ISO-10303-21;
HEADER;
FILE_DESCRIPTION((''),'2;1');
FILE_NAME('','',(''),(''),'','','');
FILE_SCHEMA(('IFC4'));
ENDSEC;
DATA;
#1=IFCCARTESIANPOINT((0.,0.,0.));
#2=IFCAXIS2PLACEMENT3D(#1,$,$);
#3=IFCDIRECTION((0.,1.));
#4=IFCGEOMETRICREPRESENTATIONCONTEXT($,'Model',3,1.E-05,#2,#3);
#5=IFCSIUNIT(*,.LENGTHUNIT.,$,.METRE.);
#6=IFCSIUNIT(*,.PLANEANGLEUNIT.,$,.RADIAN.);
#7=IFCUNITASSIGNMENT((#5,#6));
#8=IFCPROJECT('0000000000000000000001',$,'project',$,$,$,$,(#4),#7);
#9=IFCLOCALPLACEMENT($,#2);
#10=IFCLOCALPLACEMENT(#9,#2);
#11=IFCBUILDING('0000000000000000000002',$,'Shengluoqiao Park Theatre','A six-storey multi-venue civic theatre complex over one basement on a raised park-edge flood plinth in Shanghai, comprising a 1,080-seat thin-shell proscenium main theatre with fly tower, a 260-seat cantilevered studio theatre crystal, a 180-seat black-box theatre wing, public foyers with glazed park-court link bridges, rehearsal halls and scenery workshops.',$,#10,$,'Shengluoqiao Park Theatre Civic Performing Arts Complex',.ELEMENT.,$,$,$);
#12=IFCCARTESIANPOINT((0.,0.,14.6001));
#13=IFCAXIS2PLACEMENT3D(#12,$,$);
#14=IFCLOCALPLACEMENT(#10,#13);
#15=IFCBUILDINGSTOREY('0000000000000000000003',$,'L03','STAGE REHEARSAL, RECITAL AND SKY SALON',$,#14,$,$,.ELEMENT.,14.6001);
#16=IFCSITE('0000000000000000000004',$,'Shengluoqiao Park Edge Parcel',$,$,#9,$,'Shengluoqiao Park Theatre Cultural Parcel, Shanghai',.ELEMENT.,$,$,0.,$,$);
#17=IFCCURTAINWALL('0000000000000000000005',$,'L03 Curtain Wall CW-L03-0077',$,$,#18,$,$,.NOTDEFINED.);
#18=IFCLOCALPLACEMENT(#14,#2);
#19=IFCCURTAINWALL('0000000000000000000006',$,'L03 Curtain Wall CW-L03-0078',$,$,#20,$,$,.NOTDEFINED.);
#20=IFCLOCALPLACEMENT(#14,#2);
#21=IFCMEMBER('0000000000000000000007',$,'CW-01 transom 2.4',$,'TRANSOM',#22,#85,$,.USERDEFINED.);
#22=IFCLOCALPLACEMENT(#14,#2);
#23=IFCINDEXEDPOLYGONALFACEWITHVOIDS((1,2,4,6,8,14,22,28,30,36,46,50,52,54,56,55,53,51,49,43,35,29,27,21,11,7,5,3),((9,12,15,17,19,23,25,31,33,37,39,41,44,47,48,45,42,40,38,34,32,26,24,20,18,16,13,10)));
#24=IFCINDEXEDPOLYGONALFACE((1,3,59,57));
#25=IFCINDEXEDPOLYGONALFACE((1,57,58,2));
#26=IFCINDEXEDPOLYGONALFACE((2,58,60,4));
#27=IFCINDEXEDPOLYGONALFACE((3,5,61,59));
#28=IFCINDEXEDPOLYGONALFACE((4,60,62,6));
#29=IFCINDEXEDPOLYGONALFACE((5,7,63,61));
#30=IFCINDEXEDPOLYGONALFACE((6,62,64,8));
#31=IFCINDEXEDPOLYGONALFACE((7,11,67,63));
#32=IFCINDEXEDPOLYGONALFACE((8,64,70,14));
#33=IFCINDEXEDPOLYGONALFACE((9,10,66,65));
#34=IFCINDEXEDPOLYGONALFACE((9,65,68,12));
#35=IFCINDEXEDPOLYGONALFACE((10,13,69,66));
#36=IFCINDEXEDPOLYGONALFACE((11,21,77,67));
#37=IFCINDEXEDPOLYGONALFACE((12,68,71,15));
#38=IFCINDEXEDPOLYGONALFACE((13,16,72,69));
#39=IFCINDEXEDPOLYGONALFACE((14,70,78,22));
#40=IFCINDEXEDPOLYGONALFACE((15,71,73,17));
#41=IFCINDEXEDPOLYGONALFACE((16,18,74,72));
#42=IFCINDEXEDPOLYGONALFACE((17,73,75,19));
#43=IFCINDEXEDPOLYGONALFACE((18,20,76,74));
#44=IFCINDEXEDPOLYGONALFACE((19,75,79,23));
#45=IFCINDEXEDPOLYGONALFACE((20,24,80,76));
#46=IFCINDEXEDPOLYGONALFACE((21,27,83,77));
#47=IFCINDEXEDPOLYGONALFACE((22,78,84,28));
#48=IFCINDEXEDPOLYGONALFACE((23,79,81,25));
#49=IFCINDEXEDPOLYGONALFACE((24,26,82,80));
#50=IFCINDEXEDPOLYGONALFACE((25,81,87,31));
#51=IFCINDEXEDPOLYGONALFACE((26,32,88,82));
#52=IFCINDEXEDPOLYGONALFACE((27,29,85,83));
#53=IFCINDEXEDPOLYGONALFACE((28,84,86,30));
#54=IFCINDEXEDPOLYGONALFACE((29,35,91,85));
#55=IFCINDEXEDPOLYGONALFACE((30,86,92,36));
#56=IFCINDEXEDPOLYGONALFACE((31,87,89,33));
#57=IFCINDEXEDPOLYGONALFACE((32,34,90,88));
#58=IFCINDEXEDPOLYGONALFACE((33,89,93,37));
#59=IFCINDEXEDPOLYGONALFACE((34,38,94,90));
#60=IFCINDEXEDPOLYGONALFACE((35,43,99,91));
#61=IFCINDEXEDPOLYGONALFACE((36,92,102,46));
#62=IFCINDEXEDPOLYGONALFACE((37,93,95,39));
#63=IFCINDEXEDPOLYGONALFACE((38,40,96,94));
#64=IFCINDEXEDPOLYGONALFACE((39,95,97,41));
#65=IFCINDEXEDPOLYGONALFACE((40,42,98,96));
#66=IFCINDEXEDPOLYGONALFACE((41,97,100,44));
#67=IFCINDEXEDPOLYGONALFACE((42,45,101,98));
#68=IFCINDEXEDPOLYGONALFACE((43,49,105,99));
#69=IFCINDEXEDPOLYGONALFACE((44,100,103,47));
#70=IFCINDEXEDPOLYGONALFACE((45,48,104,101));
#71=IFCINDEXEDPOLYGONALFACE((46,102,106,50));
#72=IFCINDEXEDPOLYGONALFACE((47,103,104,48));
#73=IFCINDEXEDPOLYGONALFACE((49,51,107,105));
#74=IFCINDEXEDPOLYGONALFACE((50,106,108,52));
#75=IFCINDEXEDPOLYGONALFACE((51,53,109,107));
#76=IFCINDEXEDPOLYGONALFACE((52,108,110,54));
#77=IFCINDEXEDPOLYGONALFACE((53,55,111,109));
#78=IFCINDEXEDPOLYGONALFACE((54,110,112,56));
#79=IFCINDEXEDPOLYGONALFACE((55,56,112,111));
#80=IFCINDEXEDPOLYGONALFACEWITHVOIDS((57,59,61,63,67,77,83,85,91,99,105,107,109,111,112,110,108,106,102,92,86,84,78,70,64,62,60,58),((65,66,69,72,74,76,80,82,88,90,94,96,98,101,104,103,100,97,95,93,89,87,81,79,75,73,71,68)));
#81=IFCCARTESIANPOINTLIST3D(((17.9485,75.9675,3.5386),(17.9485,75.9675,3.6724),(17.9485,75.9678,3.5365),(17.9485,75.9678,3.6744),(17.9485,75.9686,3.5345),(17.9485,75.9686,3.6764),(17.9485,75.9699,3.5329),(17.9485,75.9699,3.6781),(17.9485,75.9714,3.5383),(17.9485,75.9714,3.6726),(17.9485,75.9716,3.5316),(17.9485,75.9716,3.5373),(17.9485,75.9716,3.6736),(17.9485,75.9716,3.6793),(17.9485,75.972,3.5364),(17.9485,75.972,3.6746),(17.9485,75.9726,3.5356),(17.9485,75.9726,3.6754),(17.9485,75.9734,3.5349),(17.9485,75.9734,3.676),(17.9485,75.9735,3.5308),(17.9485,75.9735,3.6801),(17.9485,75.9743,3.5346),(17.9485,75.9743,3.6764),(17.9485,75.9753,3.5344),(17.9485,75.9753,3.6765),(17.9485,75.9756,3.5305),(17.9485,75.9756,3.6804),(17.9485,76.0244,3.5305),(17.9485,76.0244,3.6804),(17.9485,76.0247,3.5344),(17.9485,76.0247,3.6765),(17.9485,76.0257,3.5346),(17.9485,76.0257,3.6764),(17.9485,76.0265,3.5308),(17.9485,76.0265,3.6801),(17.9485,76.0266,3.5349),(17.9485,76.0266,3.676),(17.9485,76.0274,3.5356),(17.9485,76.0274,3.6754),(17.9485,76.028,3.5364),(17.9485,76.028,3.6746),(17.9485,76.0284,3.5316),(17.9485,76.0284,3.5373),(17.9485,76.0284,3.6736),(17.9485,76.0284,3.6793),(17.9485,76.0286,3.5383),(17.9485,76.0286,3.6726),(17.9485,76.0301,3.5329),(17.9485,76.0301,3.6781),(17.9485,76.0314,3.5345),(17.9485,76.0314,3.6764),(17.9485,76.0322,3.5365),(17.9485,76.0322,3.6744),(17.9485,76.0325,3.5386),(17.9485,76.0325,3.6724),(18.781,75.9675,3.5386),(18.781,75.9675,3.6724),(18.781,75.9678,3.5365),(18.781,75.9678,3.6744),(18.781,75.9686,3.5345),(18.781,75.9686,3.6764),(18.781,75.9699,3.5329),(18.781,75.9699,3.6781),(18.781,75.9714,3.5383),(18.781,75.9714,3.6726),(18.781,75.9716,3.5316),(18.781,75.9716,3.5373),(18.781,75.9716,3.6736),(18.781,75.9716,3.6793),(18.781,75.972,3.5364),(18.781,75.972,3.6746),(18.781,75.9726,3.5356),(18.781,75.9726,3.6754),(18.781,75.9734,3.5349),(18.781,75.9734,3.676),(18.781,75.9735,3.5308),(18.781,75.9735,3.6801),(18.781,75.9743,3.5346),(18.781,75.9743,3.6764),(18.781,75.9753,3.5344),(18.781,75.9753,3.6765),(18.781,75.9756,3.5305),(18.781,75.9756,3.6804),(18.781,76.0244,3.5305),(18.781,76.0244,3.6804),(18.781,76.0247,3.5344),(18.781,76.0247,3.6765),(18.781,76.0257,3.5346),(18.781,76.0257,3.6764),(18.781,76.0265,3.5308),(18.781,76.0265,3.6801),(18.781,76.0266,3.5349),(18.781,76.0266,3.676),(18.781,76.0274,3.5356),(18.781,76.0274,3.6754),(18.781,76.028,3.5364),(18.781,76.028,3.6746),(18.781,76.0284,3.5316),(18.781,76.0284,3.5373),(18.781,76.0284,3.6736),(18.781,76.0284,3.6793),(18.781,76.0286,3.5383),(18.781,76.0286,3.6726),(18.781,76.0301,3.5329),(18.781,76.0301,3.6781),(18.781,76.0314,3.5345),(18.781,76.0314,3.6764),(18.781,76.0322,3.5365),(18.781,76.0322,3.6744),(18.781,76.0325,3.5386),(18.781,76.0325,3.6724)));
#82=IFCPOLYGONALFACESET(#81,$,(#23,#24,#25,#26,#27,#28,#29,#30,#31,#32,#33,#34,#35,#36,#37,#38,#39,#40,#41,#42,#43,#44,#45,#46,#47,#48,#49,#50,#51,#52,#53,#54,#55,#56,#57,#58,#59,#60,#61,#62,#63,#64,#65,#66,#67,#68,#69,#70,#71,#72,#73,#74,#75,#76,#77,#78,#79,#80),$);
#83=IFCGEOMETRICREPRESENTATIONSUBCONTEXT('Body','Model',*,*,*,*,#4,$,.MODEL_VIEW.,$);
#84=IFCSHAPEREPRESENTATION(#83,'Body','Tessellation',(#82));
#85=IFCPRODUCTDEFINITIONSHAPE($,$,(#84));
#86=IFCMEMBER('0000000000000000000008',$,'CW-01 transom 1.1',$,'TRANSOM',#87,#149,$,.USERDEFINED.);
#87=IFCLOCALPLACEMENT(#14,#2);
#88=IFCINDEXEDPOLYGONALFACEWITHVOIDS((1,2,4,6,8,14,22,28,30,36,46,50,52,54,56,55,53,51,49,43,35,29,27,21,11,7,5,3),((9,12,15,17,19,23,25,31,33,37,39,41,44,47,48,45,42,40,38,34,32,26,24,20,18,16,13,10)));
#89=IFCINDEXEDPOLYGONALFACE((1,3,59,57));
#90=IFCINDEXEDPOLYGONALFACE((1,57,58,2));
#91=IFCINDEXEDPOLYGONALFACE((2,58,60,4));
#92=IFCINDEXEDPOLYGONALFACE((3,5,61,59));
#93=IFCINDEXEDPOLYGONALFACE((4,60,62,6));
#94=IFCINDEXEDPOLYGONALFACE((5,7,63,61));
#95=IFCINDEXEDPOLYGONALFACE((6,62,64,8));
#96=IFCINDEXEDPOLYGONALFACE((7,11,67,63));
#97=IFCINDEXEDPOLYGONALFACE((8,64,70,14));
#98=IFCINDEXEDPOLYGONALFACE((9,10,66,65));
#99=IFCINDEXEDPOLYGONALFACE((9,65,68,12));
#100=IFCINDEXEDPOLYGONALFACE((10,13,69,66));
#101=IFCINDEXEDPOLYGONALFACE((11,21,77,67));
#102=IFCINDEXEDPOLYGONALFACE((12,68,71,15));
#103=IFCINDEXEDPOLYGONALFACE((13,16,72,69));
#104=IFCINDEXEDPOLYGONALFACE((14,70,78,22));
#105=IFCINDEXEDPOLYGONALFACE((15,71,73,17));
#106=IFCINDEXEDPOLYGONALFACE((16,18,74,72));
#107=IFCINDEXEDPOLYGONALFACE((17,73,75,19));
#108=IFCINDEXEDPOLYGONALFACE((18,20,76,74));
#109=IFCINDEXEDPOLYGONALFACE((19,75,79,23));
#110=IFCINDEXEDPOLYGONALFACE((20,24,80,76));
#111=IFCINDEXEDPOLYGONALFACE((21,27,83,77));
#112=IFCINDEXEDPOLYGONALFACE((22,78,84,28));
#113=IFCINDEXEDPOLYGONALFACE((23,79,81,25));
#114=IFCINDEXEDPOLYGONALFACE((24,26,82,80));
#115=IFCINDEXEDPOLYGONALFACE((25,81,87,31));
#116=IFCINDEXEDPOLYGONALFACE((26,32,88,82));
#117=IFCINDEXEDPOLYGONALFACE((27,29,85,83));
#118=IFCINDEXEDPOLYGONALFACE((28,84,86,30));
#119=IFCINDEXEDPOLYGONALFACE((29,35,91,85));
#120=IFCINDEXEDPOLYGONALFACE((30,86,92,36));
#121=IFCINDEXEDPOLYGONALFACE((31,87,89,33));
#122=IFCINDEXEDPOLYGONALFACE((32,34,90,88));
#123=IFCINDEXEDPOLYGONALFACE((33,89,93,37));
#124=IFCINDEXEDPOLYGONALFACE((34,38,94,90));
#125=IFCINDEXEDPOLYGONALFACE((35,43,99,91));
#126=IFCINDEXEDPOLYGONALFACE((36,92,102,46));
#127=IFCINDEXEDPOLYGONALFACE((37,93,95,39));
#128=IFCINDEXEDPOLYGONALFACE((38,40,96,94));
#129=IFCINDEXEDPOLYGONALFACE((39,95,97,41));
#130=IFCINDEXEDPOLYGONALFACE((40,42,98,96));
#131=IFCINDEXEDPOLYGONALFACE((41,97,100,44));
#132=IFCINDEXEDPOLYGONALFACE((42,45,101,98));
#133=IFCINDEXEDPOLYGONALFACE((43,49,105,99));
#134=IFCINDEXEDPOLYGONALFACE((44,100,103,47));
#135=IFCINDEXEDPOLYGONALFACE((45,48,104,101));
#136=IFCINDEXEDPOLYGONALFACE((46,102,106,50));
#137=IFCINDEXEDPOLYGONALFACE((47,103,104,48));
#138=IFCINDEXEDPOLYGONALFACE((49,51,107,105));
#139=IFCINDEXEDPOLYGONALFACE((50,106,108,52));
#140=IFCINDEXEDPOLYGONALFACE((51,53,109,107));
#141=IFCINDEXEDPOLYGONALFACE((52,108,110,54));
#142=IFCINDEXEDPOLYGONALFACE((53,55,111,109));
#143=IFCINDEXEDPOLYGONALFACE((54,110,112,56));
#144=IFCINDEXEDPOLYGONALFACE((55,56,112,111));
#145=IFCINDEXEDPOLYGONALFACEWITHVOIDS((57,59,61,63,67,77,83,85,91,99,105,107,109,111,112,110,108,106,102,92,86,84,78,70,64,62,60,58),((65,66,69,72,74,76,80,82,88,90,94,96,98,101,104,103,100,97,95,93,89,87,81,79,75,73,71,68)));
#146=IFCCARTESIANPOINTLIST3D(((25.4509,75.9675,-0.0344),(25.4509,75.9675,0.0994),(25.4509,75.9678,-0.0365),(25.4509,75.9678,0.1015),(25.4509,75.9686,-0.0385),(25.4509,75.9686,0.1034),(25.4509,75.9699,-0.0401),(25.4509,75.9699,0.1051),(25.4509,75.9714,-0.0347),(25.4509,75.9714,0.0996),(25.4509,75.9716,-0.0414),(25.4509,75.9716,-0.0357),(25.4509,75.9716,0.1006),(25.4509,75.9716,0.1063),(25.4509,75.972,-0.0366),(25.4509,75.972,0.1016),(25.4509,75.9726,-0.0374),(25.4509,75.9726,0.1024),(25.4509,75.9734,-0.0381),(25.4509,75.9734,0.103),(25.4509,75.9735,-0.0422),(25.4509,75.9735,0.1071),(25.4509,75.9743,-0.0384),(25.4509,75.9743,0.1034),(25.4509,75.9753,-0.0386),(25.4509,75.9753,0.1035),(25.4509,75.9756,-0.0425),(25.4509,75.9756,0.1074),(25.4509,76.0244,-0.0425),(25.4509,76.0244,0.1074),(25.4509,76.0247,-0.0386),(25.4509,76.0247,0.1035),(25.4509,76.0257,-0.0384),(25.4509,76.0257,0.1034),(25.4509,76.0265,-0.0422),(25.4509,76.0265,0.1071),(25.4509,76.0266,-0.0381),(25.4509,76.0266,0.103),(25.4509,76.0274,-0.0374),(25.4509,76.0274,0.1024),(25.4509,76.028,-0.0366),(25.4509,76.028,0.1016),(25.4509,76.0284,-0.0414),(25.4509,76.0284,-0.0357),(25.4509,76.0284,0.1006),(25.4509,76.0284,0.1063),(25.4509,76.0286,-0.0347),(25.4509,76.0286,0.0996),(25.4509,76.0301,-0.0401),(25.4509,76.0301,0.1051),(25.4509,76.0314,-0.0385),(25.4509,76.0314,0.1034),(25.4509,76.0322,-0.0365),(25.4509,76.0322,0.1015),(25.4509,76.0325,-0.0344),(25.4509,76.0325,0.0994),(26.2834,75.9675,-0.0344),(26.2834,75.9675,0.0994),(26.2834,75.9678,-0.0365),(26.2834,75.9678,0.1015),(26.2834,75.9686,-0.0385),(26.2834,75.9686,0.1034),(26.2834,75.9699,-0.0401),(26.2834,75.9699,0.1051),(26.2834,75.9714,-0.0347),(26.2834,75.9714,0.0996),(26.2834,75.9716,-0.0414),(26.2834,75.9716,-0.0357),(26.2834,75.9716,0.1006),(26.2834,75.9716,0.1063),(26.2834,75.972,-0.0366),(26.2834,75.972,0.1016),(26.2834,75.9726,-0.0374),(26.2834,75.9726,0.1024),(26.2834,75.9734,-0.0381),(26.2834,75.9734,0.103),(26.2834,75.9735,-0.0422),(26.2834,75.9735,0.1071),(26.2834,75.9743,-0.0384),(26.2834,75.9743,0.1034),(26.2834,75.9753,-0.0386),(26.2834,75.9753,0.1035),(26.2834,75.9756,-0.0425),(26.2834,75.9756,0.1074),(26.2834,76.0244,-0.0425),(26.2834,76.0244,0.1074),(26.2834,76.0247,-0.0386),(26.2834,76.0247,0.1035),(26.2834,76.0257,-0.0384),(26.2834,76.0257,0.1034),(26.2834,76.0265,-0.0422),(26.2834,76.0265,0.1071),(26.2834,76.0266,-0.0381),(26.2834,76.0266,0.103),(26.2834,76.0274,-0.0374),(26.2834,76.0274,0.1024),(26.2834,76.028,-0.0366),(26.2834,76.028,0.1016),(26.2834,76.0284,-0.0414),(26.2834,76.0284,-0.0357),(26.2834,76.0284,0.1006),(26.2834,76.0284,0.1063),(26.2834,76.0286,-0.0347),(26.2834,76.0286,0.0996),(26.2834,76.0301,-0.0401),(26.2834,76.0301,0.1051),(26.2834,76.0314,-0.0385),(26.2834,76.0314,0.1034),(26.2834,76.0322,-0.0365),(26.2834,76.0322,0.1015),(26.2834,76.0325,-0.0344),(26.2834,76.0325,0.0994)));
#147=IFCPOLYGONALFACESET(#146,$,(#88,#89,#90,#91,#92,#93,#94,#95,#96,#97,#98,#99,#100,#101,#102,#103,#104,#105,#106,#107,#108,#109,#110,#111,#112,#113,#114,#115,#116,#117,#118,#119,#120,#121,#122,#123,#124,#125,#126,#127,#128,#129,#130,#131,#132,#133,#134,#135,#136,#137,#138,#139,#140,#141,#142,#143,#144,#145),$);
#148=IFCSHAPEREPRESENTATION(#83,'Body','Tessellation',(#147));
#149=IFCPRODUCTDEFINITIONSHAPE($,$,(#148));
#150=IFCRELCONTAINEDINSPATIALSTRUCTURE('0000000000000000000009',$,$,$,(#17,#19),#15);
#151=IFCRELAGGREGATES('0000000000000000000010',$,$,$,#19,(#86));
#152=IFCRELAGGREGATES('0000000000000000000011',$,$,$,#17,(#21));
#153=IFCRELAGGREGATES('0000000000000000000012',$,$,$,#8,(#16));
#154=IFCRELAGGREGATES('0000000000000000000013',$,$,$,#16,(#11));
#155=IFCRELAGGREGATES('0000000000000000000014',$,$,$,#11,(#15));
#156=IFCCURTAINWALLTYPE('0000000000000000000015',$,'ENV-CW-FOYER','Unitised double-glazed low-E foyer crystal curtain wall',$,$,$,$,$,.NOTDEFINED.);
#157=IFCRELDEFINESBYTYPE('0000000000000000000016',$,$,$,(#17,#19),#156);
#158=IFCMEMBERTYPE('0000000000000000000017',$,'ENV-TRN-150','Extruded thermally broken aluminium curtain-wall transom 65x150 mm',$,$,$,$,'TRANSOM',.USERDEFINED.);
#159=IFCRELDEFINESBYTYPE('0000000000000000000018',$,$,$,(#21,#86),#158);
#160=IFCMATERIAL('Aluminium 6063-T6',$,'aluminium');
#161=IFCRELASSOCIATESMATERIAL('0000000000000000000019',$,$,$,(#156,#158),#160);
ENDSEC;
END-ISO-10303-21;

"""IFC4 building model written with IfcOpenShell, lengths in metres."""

from ifc_helpers import new_model, si_unit, direction, frame, origin, origin_2d, place, context, subcontext, project, spatial, hollow_rectangle, extrude, material, material_profile, profile_set, type_object, element, aggregate, save


model = new_model("IFC4")

# Units and contexts
model_context = context("Model", 3, precision=1e-05, world=origin(), true_north=direction((0.0, 1.0)))
body_context = subcontext(model_context, "Body", "Model", "MODEL_VIEW")
ifc_project = project(units=[si_unit("LENGTHUNIT", "METRE"), si_unit("PLANEANGLEUNIT", "RADIAN")], contexts=[model_context])

# Site, building, storey
site_placement = place(None, origin())
site = spatial("IfcSite", under=ifc_project, at=site_placement, Name="Shengluoqiao Park Edge Parcel", LongName="Shengluoqiao Park Theatre Cultural Parcel, Shanghai", CompositionType="ELEMENT", RefElevation=0.0)
building_placement = place(site_placement, origin())
building = spatial("IfcBuilding", under=site, at=building_placement, Name="Shengluoqiao Park Theatre", Description="A six-storey multi-venue civic theatre complex over one basement on a raised park-edge flood plinth in Shanghai, comprising a 1,080-seat thin-shell proscenium main theatre with fly tower, a 260-seat cantilevered studio theatre crystal, a 180-seat black-box theatre wing, public foyers with glazed park-court link bridges, rehearsal halls and scenery workshops.", LongName="Shengluoqiao Park Theatre Civic Performing Arts Complex", CompositionType="ELEMENT")
storey_placement = place(building_placement, frame((0.0, 0.0, 14.6001)))
storey = spatial("IfcBuildingStorey", under=building, at=storey_placement, Name="L03", Description="STAGE REHEARSAL, RECITAL AND SKY SALON", CompositionType="ELEMENT", Elevation=14.6001)

# Curtain wall
ifc_material_1 = material(Name="Aluminium 6063-T6", Category="aluminium")
curtain_wall_type = type_object("IfcCurtainWallType", Name="ENV-CW-FOYER", Description="Unitised double-glazed low-E foyer crystal curtain wall", PredefinedType="NOTDEFINED", material=ifc_material_1)
curtain_wall_1_placement = place(storey_placement, origin())
curtain_wall_1 = element("IfcCurtainWall", 1, at=curtain_wall_1_placement, inside=storey, type_object=curtain_wall_type, Name="L03 Curtain Wall CW-L03-0077", PredefinedType="NOTDEFINED")

# Curtain wall
curtain_wall_2_placement = place(storey_placement, origin())
curtain_wall_2 = element("IfcCurtainWall", 2, at=curtain_wall_2_placement, inside=storey, type_object=curtain_wall_type, Name="L03 Curtain Wall CW-L03-0078", PredefinedType="NOTDEFINED")

# Members
ifc_material_profile_1 = material_profile(ifc_material_1, hollow_rectangle(XDim=0.0649, YDim=0.1499, WallThickness=0.0039, InnerFilletRadius=0.0039, OuterFilletRadius=0.0081, at=origin_2d()), Name="ALU TRANSOM 150x65x4")
ifc_profile_set_1 = profile_set([ifc_material_profile_1], Name="Aluminium 6063-T6")
member_type_1 = type_object("IfcMemberType", Name="ENV-TRN-150", Description="Extruded thermally broken aluminium curtain-wall transom 65x150 mm", ElementType="TRANSOM", PredefinedType="USERDEFINED", material=ifc_profile_set_1)
member_1_placement = place(storey_placement, frame((17.9485, 76.0, 3.6055), z_axis=(1.0, 0.0, 0.0), x_axis=(0.0, 1.0, 0.0)))
member_1 = element("IfcMember", 3, at=member_1_placement, type_object=member_type_1, Name="CW-01 transom 2.4", ObjectType="TRANSOM", PredefinedType="USERDEFINED", context=body_context, shape_type="SweptSolid", body=[
    extrude(hollow_rectangle(XDim=0.0649, YDim=0.1499, WallThickness=0.0039, InnerFilletRadius=0.0039, OuterFilletRadius=0.0081, at=origin_2d()), origin(), (0.0, 0.0, 1.0), 0.8325),
])
member_2_placement = place(storey_placement, frame((25.4509, 76.0, 0.0325), z_axis=(1.0, 0.0, 0.0), x_axis=(0.0, 1.0, 0.0)))
member_2 = element("IfcMember", 4, at=member_2_placement, type_object=member_type_1, Name="CW-01 transom 1.1", ObjectType="TRANSOM", PredefinedType="USERDEFINED", context=body_context, shape_type="SweptSolid", body=[
    extrude(hollow_rectangle(XDim=0.0649, YDim=0.1499, WallThickness=0.0039, InnerFilletRadius=0.0039, OuterFilletRadius=0.0081, at=origin_2d()), origin(), (0.0, 0.0, 1.0), 0.8325),
])
aggregate(curtain_wall_2, [member_2])

aggregate(curtain_wall_1, [member_1])

save(model, "model.ifc")
